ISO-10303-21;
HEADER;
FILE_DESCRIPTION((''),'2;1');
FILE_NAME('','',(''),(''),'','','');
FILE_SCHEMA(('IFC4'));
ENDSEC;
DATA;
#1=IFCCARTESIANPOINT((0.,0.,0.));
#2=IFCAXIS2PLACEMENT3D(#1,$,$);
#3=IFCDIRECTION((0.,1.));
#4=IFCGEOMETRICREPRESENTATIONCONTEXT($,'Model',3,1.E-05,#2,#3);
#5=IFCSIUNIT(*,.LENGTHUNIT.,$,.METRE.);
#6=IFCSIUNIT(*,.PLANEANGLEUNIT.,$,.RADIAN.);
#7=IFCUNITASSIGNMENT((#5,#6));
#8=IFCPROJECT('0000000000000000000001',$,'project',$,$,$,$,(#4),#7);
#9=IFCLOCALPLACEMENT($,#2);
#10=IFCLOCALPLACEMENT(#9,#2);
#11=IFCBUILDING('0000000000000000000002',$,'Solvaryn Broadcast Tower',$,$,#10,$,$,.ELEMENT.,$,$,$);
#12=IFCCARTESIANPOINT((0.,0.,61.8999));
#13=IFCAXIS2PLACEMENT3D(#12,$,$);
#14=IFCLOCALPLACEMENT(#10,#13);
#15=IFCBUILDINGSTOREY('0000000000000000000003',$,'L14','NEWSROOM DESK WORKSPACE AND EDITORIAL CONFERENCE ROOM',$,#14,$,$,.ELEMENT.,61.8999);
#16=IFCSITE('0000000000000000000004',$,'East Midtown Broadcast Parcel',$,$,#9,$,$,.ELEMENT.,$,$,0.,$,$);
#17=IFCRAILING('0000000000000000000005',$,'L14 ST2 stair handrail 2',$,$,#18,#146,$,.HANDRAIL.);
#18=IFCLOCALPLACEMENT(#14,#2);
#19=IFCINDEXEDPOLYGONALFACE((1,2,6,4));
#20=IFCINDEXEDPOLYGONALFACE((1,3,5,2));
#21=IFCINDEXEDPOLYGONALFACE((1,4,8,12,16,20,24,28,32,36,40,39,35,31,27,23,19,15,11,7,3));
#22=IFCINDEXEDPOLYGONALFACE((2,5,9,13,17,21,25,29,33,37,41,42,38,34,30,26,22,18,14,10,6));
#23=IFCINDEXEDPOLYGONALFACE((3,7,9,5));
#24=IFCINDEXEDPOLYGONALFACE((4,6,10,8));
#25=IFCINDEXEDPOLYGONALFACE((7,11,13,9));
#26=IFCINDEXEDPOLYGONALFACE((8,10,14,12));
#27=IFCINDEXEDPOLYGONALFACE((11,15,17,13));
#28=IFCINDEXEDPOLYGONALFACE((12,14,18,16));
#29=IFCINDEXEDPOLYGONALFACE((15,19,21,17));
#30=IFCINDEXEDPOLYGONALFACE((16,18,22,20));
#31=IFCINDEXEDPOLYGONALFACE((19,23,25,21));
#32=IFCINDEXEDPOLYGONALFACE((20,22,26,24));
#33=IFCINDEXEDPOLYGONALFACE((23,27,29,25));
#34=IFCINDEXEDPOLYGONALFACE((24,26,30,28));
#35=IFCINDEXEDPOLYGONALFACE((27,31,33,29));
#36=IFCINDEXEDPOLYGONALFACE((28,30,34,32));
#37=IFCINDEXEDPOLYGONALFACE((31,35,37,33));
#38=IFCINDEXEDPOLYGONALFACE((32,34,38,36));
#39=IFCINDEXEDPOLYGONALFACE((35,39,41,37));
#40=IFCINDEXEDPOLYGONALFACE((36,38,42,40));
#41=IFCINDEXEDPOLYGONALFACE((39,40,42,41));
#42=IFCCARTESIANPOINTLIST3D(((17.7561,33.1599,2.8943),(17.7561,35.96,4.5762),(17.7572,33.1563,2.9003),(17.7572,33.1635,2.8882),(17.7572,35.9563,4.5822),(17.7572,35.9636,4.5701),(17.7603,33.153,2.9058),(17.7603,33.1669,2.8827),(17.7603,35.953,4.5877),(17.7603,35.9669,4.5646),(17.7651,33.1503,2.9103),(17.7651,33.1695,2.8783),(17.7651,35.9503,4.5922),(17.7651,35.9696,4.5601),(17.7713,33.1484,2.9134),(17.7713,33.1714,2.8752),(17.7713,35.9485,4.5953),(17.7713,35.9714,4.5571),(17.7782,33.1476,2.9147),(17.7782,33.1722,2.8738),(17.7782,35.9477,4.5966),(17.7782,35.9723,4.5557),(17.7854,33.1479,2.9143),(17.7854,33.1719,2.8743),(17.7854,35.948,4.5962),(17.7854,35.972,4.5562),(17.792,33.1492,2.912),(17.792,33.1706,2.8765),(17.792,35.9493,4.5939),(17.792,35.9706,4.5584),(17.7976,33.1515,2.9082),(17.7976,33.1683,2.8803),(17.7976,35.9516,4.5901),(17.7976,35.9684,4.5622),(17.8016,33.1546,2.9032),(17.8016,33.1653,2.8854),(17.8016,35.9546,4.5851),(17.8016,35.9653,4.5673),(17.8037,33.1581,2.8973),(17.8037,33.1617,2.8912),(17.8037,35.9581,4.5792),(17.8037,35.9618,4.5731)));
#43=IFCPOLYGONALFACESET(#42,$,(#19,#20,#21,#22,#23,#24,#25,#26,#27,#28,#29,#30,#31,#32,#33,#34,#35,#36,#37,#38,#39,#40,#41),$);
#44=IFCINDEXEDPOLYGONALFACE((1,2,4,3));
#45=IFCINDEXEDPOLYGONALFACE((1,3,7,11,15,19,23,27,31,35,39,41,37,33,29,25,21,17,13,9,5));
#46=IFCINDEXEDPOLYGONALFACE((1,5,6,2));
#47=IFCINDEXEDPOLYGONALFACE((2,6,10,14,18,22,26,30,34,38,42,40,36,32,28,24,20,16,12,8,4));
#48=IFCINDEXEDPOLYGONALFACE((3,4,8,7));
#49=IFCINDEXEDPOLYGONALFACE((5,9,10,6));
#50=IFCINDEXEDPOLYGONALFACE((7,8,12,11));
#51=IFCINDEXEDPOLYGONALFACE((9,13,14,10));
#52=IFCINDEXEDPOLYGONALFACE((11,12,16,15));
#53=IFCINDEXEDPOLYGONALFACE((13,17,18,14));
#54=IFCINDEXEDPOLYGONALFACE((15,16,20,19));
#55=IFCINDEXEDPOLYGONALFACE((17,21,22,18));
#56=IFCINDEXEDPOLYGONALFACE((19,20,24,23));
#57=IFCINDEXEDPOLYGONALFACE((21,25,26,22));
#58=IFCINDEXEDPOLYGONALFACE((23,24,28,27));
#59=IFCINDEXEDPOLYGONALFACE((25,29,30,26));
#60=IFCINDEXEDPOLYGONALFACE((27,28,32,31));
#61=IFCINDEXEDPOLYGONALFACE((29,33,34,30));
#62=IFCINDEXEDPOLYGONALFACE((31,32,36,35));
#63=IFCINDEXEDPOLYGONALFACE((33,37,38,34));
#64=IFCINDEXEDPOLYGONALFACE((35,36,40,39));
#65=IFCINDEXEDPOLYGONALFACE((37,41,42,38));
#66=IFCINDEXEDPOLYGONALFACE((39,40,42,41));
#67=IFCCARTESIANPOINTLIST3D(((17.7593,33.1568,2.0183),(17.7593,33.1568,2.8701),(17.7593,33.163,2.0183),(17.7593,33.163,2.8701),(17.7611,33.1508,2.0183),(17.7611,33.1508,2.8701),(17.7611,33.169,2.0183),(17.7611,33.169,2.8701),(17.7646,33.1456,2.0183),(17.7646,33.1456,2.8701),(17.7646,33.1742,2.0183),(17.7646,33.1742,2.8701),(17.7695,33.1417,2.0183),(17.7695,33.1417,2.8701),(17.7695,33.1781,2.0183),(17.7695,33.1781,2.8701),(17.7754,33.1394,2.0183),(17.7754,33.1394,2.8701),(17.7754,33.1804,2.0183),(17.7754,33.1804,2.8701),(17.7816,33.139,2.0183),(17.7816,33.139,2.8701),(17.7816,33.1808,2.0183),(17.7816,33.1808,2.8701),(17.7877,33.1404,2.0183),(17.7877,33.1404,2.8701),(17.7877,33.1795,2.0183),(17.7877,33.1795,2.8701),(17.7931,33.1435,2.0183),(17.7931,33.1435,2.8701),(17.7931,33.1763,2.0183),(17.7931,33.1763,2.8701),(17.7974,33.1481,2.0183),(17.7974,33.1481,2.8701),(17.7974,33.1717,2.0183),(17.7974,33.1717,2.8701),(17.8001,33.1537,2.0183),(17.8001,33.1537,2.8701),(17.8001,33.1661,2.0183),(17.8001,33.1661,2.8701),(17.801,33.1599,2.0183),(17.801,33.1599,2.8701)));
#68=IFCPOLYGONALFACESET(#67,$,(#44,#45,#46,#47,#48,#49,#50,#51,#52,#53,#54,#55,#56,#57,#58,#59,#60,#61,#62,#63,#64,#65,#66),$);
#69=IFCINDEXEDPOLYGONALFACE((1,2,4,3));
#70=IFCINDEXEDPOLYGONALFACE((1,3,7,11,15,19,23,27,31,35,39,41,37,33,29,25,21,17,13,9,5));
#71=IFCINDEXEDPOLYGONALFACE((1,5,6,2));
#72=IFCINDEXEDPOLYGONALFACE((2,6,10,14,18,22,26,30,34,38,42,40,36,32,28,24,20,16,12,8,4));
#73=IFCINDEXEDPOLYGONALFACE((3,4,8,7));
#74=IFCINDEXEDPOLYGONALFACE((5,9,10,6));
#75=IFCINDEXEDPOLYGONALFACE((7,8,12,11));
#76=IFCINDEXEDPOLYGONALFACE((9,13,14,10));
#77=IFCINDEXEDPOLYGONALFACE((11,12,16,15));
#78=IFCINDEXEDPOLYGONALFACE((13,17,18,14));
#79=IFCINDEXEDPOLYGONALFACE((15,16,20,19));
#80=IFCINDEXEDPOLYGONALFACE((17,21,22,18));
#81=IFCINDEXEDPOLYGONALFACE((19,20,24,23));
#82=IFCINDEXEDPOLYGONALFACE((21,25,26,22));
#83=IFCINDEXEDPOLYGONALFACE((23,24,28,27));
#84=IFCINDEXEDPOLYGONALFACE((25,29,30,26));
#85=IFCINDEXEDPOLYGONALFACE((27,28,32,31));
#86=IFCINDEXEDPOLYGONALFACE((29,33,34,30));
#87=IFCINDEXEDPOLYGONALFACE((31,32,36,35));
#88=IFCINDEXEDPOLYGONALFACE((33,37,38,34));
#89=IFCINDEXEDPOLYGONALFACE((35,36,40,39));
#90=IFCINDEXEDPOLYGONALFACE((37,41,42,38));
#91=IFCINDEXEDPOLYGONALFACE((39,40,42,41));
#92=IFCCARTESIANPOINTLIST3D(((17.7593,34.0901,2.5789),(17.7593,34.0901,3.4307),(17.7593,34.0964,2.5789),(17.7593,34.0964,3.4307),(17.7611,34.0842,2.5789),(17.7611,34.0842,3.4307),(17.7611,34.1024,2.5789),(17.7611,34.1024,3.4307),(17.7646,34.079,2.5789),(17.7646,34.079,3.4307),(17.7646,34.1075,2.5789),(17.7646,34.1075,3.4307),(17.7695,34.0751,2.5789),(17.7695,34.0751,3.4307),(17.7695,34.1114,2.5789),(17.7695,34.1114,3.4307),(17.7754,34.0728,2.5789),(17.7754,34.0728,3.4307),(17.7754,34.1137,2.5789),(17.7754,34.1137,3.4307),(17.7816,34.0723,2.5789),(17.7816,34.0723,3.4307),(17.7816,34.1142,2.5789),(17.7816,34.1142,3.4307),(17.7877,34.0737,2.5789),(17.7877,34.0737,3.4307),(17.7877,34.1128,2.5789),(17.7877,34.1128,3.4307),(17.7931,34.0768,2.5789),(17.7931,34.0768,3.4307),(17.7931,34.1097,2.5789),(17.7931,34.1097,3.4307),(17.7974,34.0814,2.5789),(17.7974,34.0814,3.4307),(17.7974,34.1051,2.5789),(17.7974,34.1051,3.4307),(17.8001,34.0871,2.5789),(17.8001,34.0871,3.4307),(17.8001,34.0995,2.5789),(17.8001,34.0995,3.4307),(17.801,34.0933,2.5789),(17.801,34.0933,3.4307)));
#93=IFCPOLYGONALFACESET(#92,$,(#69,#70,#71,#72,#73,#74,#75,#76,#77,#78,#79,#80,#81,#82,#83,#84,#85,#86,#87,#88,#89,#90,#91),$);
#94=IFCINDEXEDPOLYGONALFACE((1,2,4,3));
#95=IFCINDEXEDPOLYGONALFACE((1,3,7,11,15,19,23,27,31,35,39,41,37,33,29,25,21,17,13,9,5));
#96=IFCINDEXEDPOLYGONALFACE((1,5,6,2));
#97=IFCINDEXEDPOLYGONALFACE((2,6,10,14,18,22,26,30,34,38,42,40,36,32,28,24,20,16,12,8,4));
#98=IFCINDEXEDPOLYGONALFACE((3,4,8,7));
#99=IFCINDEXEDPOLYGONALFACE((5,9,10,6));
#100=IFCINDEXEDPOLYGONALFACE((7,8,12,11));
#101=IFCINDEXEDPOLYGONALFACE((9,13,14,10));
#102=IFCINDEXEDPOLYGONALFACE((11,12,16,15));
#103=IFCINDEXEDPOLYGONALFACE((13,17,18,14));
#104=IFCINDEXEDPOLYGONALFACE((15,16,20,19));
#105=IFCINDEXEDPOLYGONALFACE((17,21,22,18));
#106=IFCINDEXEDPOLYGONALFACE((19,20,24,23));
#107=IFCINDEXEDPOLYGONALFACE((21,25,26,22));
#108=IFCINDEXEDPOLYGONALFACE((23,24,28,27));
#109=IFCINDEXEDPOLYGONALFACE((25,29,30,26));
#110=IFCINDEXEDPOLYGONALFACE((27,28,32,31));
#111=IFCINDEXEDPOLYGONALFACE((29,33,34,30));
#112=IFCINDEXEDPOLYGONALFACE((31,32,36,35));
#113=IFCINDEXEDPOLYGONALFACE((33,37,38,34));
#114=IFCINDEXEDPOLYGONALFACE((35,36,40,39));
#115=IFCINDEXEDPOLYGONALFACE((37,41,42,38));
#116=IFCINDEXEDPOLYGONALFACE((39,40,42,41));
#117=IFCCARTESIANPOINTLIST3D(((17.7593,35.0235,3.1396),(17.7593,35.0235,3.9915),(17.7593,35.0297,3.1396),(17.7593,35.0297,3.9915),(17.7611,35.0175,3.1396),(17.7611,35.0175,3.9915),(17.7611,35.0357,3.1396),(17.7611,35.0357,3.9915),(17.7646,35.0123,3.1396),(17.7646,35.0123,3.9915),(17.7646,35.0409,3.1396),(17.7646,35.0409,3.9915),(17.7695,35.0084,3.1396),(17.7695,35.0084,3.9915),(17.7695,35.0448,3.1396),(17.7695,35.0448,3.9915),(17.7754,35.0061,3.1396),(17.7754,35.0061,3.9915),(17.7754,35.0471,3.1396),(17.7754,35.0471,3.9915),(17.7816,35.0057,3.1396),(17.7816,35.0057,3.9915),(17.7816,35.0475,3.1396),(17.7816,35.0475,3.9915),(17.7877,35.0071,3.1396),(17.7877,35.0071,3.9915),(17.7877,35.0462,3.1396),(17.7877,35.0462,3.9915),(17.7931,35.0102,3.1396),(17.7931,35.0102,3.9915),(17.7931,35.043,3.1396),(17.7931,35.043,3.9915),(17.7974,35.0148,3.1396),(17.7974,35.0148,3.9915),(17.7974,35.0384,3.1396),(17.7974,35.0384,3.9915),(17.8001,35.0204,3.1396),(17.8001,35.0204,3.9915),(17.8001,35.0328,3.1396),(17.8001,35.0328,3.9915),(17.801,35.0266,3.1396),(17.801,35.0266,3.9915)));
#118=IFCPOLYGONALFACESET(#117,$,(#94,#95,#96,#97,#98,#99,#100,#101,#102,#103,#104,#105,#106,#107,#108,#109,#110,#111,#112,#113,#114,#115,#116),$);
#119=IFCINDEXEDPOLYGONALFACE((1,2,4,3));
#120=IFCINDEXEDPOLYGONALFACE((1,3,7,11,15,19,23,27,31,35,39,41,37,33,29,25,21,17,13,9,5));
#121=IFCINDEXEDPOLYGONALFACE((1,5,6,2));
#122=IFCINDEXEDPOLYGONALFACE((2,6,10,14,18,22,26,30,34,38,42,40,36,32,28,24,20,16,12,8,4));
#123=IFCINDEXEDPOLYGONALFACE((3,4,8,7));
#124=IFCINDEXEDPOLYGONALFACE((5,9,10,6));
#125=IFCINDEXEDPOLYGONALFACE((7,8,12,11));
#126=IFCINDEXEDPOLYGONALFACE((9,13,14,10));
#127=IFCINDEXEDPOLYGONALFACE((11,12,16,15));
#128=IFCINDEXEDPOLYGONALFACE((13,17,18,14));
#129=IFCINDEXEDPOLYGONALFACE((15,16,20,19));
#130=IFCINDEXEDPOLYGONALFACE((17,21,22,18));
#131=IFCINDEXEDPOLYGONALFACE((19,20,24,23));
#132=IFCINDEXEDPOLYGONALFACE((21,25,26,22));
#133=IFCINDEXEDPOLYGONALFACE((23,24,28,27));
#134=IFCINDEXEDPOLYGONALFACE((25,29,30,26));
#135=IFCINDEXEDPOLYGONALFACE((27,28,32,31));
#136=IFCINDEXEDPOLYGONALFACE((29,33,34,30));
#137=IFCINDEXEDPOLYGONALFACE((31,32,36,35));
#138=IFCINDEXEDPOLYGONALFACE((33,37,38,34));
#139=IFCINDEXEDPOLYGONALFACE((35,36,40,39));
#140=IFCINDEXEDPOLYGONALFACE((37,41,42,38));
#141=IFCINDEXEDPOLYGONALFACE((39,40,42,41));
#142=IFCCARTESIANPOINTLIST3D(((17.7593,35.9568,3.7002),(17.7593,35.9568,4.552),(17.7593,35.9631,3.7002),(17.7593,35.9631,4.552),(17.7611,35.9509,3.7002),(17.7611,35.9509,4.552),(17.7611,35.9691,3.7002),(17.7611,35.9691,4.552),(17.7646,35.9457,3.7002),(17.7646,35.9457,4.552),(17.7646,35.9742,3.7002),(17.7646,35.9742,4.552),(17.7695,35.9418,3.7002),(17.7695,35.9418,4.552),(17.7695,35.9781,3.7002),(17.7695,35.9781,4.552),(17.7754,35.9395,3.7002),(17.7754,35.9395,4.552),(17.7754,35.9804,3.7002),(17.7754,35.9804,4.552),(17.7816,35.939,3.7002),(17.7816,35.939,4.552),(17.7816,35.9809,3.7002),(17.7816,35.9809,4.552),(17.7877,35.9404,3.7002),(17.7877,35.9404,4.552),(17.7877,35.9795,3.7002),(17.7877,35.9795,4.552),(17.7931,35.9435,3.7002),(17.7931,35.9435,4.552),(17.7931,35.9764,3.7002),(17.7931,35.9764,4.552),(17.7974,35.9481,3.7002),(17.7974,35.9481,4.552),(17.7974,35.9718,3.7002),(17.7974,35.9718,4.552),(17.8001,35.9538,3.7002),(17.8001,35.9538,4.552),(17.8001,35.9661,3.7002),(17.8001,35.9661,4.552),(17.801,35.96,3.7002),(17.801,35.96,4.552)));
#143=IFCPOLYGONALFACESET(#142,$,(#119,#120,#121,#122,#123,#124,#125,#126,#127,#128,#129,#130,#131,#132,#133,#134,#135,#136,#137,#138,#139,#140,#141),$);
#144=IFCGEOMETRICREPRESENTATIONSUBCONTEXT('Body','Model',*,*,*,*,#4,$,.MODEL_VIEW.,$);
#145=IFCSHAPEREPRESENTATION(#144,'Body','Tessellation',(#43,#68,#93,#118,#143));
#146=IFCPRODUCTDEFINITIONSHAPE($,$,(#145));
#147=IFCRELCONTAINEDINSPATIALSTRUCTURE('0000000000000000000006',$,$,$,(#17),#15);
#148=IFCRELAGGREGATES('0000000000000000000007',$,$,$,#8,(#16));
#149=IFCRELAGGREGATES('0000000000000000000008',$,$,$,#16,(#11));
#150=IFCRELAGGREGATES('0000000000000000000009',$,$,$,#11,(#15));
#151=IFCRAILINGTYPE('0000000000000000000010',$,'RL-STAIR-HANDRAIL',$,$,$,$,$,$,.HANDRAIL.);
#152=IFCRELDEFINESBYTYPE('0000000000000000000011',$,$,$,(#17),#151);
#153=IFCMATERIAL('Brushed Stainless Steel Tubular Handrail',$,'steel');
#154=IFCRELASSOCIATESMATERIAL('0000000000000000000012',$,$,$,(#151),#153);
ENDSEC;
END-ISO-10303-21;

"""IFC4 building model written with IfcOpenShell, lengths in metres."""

from ifc_helpers import new_model, si_unit, direction, frame, origin, origin_2d, place, context, subcontext, project, spatial, circle, extrude, material, type_object, element, save


model = new_model("IFC4")

# Units and contexts
model_context = context("Model", 3, precision=1e-05, world=origin(), true_north=direction((0.0, 1.0)))
body_context = subcontext(model_context, "Body", "Model", "MODEL_VIEW")
ifc_project = project(units=[si_unit("LENGTHUNIT", "METRE"), si_unit("PLANEANGLEUNIT", "RADIAN")], contexts=[model_context])

# Site, building, storey
site_placement = place(None, origin())
site = spatial("IfcSite", under=ifc_project, at=site_placement, Name="East Midtown Broadcast Parcel", CompositionType="ELEMENT", RefElevation=0.0)
building_placement = place(site_placement, origin())
building = spatial("IfcBuilding", under=site, at=building_placement, Name="Solvaryn Broadcast Tower", CompositionType="ELEMENT")
storey_placement = place(building_placement, frame((0.0, 0.0, 61.8999)))
storey = spatial("IfcBuildingStorey", under=building, at=storey_placement, Name="L14", Description="NEWSROOM DESK WORKSPACE AND EDITORIAL CONFERENCE ROOM", CompositionType="ELEMENT", Elevation=61.8999)

# Railing
ifc_material_1 = material(Name="Brushed Stainless Steel Tubular Handrail", Category="steel")
railing_type_1 = type_object("IfcRailingType", Name="RL-STAIR-HANDRAIL", PredefinedType="HANDRAIL", material=ifc_material_1)
railing_1_placement = place(storey_placement, frame((17.78, 33.1599, 2.0183)))
element("IfcRailing", 1, at=railing_1_placement, inside=storey, type_object=railing_type_1, Name="L14 ST2 stair handrail 2", PredefinedType="HANDRAIL", context=body_context, shape_type="SweptSolid", body=[
    extrude(circle(Radius=0.0239, at=origin_2d()), frame((0.0, 0.0, 0.876), z_axis=(0.0, 0.857242, 0.514913), x_axis=(-1.0, 0.0, 0.0)), (0.0, 0.0, 1.0), 3.2664),
    extrude(circle(Radius=0.021, at=origin_2d()), origin(), (0.0, 0.0, 1.0), 0.8518),
    extrude(circle(Radius=0.021, at=origin_2d()), frame((0.0, 0.9333, 0.5605)), (0.0, 0.0, 1.0), 0.8518),
    extrude(circle(Radius=0.021, at=origin_2d()), frame((0.0, 1.8667, 1.1213)), (0.0, 0.0, 1.0), 0.8518),
    extrude(circle(Radius=0.021, at=origin_2d()), frame((0.0, 2.8, 1.6819)), (0.0, 0.0, 1.0), 0.8518),
])

save(model, "model.ifc")
